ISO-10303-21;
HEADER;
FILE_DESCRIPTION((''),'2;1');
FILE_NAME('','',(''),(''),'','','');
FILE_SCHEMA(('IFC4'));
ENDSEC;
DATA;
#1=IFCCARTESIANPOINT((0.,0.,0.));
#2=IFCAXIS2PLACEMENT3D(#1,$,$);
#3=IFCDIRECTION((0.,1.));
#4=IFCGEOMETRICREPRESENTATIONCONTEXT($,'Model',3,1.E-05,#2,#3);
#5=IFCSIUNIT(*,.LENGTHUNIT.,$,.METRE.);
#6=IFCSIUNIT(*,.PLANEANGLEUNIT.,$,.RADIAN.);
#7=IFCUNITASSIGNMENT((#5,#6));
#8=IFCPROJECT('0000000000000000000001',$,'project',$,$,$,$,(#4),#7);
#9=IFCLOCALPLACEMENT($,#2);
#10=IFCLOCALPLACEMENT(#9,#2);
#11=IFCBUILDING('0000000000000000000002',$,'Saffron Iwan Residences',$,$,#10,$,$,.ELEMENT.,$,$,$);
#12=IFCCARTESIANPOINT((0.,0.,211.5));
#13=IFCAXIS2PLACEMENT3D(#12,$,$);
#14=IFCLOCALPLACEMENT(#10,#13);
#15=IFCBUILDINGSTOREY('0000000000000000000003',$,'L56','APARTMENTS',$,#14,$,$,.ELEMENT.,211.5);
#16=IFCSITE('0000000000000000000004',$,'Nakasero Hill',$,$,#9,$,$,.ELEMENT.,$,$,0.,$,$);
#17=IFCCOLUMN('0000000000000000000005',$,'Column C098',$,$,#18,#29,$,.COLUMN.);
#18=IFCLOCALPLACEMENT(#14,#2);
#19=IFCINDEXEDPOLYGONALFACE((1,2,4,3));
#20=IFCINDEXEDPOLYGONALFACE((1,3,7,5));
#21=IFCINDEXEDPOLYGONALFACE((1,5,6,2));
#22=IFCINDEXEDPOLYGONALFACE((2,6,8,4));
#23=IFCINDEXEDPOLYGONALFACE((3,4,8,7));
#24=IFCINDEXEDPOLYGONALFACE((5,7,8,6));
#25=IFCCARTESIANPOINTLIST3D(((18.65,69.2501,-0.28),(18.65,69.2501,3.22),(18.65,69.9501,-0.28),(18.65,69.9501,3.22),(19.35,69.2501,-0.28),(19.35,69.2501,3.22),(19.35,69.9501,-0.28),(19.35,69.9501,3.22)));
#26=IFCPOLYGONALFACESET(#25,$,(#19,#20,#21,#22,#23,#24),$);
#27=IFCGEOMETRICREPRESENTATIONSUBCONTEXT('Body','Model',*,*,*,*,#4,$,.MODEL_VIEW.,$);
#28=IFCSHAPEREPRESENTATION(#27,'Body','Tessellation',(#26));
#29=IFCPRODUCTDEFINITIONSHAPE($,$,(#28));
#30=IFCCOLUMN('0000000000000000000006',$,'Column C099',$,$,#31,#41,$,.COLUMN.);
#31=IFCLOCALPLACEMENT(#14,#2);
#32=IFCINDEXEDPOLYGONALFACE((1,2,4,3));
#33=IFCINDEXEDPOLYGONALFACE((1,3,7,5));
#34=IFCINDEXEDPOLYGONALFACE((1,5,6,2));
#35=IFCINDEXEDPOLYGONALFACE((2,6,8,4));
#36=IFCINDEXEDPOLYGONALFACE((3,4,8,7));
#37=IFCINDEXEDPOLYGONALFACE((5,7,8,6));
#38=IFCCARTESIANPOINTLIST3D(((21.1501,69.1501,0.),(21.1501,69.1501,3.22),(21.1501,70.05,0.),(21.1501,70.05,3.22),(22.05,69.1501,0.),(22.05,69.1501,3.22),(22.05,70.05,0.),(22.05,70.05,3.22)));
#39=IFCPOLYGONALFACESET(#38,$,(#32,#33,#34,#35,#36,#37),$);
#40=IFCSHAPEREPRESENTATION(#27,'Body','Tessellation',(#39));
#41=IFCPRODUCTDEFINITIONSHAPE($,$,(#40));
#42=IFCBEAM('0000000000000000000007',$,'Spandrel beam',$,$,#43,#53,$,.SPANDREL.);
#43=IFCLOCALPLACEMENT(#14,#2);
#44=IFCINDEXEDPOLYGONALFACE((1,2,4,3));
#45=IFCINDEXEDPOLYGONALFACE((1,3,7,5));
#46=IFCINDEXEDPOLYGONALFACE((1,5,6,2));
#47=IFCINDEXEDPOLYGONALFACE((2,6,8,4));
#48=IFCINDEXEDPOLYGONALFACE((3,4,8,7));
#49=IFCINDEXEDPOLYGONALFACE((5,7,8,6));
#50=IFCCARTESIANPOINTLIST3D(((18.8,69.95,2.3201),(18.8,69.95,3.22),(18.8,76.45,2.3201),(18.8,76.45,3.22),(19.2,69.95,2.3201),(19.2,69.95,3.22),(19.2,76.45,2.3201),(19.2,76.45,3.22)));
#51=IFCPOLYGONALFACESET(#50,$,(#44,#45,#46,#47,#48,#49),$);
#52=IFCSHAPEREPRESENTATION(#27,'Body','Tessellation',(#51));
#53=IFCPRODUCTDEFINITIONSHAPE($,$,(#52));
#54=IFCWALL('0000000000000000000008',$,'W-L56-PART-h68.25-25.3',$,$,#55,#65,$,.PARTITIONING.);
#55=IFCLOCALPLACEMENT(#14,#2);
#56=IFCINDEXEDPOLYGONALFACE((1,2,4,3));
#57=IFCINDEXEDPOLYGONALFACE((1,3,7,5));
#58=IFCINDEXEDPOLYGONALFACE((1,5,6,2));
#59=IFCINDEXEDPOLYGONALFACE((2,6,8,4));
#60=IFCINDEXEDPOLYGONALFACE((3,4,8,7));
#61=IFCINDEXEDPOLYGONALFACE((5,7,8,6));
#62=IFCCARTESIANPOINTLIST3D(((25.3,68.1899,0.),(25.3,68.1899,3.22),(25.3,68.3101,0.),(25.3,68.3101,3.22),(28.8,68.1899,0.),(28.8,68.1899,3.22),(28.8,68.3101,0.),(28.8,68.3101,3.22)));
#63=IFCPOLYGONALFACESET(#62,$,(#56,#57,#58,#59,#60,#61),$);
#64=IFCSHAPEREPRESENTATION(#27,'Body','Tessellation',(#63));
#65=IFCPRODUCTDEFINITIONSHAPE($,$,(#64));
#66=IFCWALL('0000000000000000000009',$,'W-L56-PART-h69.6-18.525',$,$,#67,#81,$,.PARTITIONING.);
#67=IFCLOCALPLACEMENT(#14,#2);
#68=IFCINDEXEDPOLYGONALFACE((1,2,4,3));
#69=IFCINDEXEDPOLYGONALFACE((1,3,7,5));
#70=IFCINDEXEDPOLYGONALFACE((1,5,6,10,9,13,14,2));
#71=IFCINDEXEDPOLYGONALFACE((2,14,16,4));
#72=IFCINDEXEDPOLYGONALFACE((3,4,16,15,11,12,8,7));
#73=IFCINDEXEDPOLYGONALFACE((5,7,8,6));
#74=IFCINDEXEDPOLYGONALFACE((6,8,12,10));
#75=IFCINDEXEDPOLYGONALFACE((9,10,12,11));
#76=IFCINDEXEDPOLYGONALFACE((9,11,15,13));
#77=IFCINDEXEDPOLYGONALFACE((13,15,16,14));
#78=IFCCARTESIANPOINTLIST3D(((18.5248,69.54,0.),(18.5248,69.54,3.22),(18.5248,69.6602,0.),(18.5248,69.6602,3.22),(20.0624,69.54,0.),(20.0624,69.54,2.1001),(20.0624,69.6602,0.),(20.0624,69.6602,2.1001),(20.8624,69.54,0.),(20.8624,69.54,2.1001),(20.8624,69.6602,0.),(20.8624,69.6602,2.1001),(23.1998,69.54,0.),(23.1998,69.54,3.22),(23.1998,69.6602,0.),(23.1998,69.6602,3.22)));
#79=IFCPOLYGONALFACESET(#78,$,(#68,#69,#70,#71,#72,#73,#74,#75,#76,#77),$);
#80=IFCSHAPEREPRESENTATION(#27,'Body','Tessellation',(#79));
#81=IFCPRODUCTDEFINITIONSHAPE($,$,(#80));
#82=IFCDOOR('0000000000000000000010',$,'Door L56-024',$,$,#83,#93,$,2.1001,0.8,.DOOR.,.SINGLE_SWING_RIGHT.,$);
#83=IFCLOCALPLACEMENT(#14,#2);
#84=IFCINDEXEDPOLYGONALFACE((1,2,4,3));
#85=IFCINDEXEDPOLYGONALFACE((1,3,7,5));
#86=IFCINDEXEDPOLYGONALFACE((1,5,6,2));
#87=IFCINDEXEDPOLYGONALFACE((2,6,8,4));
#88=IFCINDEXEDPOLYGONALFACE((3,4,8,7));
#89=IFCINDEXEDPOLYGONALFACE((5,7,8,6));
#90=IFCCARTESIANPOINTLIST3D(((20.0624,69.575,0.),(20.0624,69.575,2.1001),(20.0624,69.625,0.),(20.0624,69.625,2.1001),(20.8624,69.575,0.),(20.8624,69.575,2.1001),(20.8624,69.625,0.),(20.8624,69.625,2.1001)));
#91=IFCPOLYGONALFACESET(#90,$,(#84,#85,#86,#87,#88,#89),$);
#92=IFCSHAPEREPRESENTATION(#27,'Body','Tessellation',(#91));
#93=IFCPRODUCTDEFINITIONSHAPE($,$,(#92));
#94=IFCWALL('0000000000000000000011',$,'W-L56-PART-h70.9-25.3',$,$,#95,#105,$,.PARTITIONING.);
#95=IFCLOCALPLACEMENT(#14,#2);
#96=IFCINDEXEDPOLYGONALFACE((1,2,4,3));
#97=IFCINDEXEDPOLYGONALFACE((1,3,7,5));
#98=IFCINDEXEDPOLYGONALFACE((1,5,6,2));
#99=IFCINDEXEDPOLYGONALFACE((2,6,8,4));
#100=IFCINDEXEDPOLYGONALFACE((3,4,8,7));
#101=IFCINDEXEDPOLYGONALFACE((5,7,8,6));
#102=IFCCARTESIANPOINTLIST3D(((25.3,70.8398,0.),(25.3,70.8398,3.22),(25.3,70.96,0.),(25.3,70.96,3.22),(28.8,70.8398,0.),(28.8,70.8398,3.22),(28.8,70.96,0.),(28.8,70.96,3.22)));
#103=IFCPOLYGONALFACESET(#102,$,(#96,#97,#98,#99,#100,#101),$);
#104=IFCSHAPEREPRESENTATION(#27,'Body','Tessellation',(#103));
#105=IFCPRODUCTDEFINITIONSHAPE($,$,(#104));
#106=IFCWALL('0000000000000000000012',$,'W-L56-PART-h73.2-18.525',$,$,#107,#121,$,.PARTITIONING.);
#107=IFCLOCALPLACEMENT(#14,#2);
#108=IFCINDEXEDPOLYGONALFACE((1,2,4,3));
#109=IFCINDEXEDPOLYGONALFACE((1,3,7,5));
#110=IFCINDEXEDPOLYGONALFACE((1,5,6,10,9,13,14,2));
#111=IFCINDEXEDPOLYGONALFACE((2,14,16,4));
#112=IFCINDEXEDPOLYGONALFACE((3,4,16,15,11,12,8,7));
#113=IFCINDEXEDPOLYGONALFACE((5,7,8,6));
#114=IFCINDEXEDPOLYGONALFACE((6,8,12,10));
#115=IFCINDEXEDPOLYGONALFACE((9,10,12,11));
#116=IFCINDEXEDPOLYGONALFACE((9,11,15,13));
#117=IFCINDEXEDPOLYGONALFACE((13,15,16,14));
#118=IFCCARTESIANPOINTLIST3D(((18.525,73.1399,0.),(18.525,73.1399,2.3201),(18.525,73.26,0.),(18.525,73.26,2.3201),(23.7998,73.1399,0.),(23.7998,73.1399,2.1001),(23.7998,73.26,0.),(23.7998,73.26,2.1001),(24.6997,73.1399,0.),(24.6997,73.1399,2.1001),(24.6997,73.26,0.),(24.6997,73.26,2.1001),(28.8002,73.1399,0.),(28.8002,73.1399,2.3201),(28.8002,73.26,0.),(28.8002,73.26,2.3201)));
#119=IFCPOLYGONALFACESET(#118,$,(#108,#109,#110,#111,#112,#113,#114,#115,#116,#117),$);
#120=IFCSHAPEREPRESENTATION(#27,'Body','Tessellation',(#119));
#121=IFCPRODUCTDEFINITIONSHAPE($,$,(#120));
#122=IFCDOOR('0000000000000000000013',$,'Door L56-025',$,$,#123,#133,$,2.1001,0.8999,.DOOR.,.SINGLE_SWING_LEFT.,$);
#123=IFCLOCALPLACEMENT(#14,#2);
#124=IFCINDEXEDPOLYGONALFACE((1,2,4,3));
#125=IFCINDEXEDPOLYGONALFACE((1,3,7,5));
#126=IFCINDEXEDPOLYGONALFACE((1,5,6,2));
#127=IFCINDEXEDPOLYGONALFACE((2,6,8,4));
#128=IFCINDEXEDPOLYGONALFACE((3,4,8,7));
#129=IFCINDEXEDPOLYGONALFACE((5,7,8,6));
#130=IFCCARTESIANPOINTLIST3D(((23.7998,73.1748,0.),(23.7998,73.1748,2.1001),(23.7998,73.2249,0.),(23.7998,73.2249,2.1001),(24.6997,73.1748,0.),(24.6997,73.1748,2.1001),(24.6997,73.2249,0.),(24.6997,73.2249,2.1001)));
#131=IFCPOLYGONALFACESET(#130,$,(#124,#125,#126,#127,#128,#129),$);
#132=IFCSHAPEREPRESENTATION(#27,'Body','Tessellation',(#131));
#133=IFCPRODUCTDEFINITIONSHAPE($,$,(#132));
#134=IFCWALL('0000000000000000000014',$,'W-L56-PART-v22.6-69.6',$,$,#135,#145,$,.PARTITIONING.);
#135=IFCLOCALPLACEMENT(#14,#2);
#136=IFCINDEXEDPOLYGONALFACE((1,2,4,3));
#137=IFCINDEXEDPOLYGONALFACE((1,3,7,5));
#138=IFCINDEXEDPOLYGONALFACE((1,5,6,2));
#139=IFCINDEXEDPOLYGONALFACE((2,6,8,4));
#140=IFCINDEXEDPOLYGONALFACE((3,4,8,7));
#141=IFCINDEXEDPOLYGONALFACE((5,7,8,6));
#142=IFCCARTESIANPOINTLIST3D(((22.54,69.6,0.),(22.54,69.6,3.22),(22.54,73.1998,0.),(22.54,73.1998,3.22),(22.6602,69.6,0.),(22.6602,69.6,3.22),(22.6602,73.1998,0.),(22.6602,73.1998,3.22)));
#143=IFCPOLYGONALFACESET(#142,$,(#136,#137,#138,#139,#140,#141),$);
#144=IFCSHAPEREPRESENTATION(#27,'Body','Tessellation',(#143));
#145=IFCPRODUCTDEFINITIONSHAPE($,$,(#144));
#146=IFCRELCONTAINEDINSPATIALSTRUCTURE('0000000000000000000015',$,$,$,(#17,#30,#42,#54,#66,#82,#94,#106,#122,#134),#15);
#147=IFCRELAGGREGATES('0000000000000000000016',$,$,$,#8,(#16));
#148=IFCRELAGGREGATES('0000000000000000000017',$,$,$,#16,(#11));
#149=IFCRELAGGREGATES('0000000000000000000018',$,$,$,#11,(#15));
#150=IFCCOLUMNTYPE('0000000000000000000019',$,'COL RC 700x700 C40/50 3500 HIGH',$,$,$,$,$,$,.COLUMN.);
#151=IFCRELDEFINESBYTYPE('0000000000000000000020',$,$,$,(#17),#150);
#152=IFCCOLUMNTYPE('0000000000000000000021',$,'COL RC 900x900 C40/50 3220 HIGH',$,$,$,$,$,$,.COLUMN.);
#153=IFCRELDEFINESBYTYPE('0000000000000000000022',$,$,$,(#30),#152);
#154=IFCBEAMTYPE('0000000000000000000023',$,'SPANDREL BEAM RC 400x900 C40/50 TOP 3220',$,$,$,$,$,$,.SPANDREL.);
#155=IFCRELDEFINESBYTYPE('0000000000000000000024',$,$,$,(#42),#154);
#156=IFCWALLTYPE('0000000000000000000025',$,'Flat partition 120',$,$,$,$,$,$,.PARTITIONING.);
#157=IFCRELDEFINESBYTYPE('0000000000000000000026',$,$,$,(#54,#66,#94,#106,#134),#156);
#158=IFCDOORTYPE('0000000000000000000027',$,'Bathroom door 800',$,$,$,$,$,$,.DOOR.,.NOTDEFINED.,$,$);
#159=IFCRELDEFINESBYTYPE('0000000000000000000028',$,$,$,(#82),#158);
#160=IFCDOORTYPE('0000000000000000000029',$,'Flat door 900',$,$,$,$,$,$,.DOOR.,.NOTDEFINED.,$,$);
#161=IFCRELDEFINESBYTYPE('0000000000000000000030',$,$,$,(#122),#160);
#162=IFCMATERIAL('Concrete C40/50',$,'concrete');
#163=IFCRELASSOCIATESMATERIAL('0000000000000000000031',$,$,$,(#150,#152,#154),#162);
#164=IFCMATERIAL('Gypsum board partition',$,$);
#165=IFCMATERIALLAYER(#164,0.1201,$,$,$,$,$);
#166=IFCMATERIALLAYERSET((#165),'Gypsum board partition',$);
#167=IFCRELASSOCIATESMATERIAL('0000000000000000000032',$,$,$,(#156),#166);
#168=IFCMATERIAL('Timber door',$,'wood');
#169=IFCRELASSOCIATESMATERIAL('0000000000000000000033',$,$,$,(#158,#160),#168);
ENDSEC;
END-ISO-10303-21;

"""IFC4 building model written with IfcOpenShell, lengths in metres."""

from ifc_helpers import new_model, si_unit, direction, frame, frame_2d, origin, origin_2d, place, context, subcontext, project, spatial, rectangle, extrude, source, transform, mapped, material, layer, layer_set, material_profile, profile_set, type_object, element, fill, save


model = new_model("IFC4")

# Units and contexts
model_context = context("Model", 3, precision=1e-05, world=origin(), true_north=direction((0.0, 1.0)))
body_context = subcontext(model_context, "Body", "Model", "MODEL_VIEW")
ifc_project = project(units=[si_unit("LENGTHUNIT", "METRE"), si_unit("PLANEANGLEUNIT", "RADIAN")], contexts=[model_context])

# Site, building, storey
site_placement = place(None, origin())
site = spatial("IfcSite", under=ifc_project, at=site_placement, Name="Nakasero Hill", CompositionType="ELEMENT", RefElevation=0.0)
building_placement = place(site_placement, origin())
building = spatial("IfcBuilding", under=site, at=building_placement, Name="Saffron Iwan Residences", CompositionType="ELEMENT")
storey_placement = place(building_placement, frame((0.0, 0.0, 211.5)))
storey = spatial("IfcBuildingStorey", under=building, at=storey_placement, Name="L56", Description="APARTMENTS", CompositionType="ELEMENT", Elevation=211.5)

# Columns
ifc_material_1 = material(Name="Concrete C40/50", Category="concrete")
ifc_material_profile_1 = material_profile(ifc_material_1, rectangle(XDim=0.7, YDim=0.7, at=origin_2d()), Name="RC 700x700")
ifc_profile_set_1 = profile_set([ifc_material_profile_1], Name="Concrete C40/50")
column_type_1 = type_object("IfcColumnType", Name="COL RC 700x700 C40/50 3500 HIGH", PredefinedType="COLUMN", material=ifc_profile_set_1)
shared_shape_1 = source(origin(), body_context, "Body", "SweptSolid", [
    extrude(rectangle(XDim=0.7, YDim=0.7, at=origin_2d()), origin(), (0.0, 0.0, 1.0), 3.5),
])
column_1_placement = place(storey_placement, frame((19.0, 69.6001, -0.28), z_axis=(0.0, 0.0, 1.0), x_axis=(1.0, 0.0, 0.0)))
element("IfcColumn", 1, at=column_1_placement, inside=storey, type_object=column_type_1, Name="Column C098", PredefinedType="COLUMN", context=body_context, shape_type="MappedRepresentation", body=[
    mapped(shared_shape_1, transform((0.0, 0.0, 0.0))),
])
ifc_material_profile_2 = material_profile(ifc_material_1, rectangle(XDim=0.8999, YDim=0.8999, at=origin_2d()), Name="RC 900x900")
ifc_profile_set_2 = profile_set([ifc_material_profile_2], Name="Concrete C40/50")
column_type_2 = type_object("IfcColumnType", Name="COL RC 900x900 C40/50 3220 HIGH", PredefinedType="COLUMN", material=ifc_profile_set_2)
shared_shape_2 = source(origin(), body_context, "Body", "SweptSolid", [
    extrude(rectangle(XDim=0.8999, YDim=0.8999, at=origin_2d()), origin(), (0.0, 0.0, 1.0), 3.22),
])
column_2_placement = place(storey_placement, frame((21.6001, 69.6001, 0.0), z_axis=(0.0, 0.0, 1.0), x_axis=(1.0, 0.0, 0.0)))
element("IfcColumn", 2, at=column_2_placement, inside=storey, type_object=column_type_2, Name="Column C099", PredefinedType="COLUMN", context=body_context, shape_type="MappedRepresentation", body=[
    mapped(shared_shape_2, transform((0.0, 0.0, 0.0))),
])

# Beam
ifc_material_profile_3 = material_profile(ifc_material_1, rectangle(XDim=0.3999, YDim=0.8999, at=origin_2d()), Name="RC 400x900")
ifc_profile_set_3 = profile_set([ifc_material_profile_3], Name="Concrete C40/50")
beam_type = type_object("IfcBeamType", Name="SPANDREL BEAM RC 400x900 C40/50 TOP 3220", PredefinedType="SPANDREL", material=ifc_profile_set_3)
shared_shape_3 = source(origin(), body_context, "Body", "SweptSolid", [
    extrude(rectangle(XDim=0.3999, YDim=0.8999, at=origin_2d()), origin(), (0.0, 0.0, 1.0), 6.5),
])
beam_placement = place(storey_placement, frame((19.0, 69.95, 2.77), z_axis=(0.0, 1.0, 0.0), x_axis=(-1.0, 0.0, 0.0)))
element("IfcBeam", 3, at=beam_placement, inside=storey, type_object=beam_type, Name="Spandrel beam", PredefinedType="SPANDREL", context=body_context, shape_type="MappedRepresentation", body=[
    mapped(shared_shape_3, transform((0.0, 0.0, 0.0))),
])

# Wall
ifc_material_2 = material(Name="Gypsum board partition")
ifc_layer_1 = layer(ifc_material_2, 0.1201)
ifc_layer_set_1 = layer_set([ifc_layer_1], Name="Gypsum board partition")
wall_type_1 = type_object("IfcWallType", Name="Flat partition 120", PredefinedType="PARTITIONING", material=ifc_layer_set_1)
wall_1_placement = place(storey_placement, frame((25.3, 68.25, 0.0), z_axis=(0.0, 0.0, 1.0), x_axis=(1.0, 0.0, 0.0)))
element("IfcWall", 4, at=wall_1_placement, inside=storey, type_object=wall_type_1, Name="W-L56-PART-h68.25-25.3", PredefinedType="PARTITIONING", context=body_context, shape_type="SweptSolid", body=[
    extrude(rectangle(XDim=3.5, YDim=0.1201, at=frame_2d((1.75, 0.0))), origin(), (0.0, 0.0, 1.0), 3.22),
])

# Wall, opening, door
wall_2_placement = place(storey_placement, frame((18.5249, 69.6001, 0.0), z_axis=(0.0, 0.0, 1.0), x_axis=(1.0, 0.0, 0.0)))
wall_2 = element("IfcWall", 5, at=wall_2_placement, inside=storey, type_object=wall_type_1, Name="W-L56-PART-h69.6-18.525", PredefinedType="PARTITIONING", context=body_context, shape_type="SweptSolid", body=[
    extrude(rectangle(XDim=4.675, YDim=0.1201, at=frame_2d((2.3374, 0.0))), origin(), (0.0, 0.0, 1.0), 3.22),
])
opening_1_placement = place(wall_2_placement, frame((1.5376, 0.0, 0.0)))
opening_1 = element("IfcOpeningElement", 6, at=opening_1_placement, cuts=wall_2, PredefinedType="OPENING", context=body_context, shape_type="SweptSolid", body=[
    extrude(rectangle(XDim=0.8, YDim=2.1001, at=frame_2d((0.3999, 1.05))), frame((0.0, 0.0701, 0.0), z_axis=(0.0, -1.0, 0.0), x_axis=(1.0, 0.0, 0.0)), (0.0, 0.0, 1.0), 0.1401),
])
ifc_material_3 = material(Name="Timber door", Category="wood")
door_type_1 = type_object("IfcDoorType", Name="Bathroom door 800", OperationType="NOTDEFINED", PredefinedType="DOOR", material=ifc_material_3)
door_1_placement = place(opening_1_placement, origin())
door_1 = element("IfcDoor", 7, at=door_1_placement, inside=storey, type_object=door_type_1, Name="Door L56-024", OperationType="SINGLE_SWING_RIGHT", OverallHeight=2.1001, OverallWidth=0.8, PredefinedType="DOOR", context=body_context, shape_type="SweptSolid", body=[
    extrude(rectangle(XDim=0.8, YDim=2.1001, at=frame_2d((0.3999, 1.05))), frame((0.0, 0.0249, 0.0), z_axis=(0.0, -1.0, 0.0), x_axis=(1.0, 0.0, 0.0)), (0.0, 0.0, 1.0), 0.05),
])
fill(opening_1, door_1)

# Wall
wall_3_placement = place(storey_placement, frame((25.3, 70.8999, 0.0), z_axis=(0.0, 0.0, 1.0), x_axis=(1.0, 0.0, 0.0)))
element("IfcWall", 8, at=wall_3_placement, inside=storey, type_object=wall_type_1, Name="W-L56-PART-h70.9-25.3", PredefinedType="PARTITIONING", context=body_context, shape_type="SweptSolid", body=[
    extrude(rectangle(XDim=3.5, YDim=0.1201, at=frame_2d((1.75, 0.0))), origin(), (0.0, 0.0, 1.0), 3.22),
])

# Wall, opening, door
wall_4_placement = place(storey_placement, frame((18.5249, 73.2, 0.0), z_axis=(0.0, 0.0, 1.0), x_axis=(1.0, 0.0, 0.0)))
wall_4 = element("IfcWall", 9, at=wall_4_placement, inside=storey, type_object=wall_type_1, Name="W-L56-PART-h73.2-18.525", PredefinedType="PARTITIONING", context=body_context, shape_type="SweptSolid", body=[
    extrude(rectangle(XDim=10.2751, YDim=0.1201, at=frame_2d((5.1377, 0.0))), origin(), (0.0, 0.0, 1.0), 2.3201),
])
opening_2_placement = place(wall_4_placement, frame((5.2749, 0.0, 0.0)))
opening_2 = element("IfcOpeningElement", 10, at=opening_2_placement, cuts=wall_4, PredefinedType="OPENING", context=body_context, shape_type="SweptSolid", body=[
    extrude(rectangle(XDim=0.8999, YDim=2.1001, at=frame_2d((0.45, 1.05))), frame((0.0, 0.0701, 0.0), z_axis=(0.0, -1.0, 0.0), x_axis=(1.0, 0.0, 0.0)), (0.0, 0.0, 1.0), 0.1401),
])
door_type_2 = type_object("IfcDoorType", Name="Flat door 900", OperationType="NOTDEFINED", PredefinedType="DOOR", material=ifc_material_3)
door_2_placement = place(opening_2_placement, origin())
door_2 = element("IfcDoor", 11, at=door_2_placement, inside=storey, type_object=door_type_2, Name="Door L56-025", OperationType="SINGLE_SWING_LEFT", OverallHeight=2.1001, OverallWidth=0.8999, PredefinedType="DOOR", context=body_context, shape_type="SweptSolid", body=[
    extrude(rectangle(XDim=0.8999, YDim=2.1001, at=frame_2d((0.45, 1.05))), frame((0.0, 0.0249, 0.0), z_axis=(0.0, -1.0, 0.0), x_axis=(1.0, 0.0, 0.0)), (0.0, 0.0, 1.0), 0.05),
])
fill(opening_2, door_2)

# Wall
wall_5_placement = place(storey_placement, frame((22.6001, 69.6001, 0.0), z_axis=(0.0, 0.0, 1.0), x_axis=(0.0, 1.0, 0.0)))
element("IfcWall", 12, at=wall_5_placement, inside=storey, type_object=wall_type_1, Name="W-L56-PART-v22.6-69.6", PredefinedType="PARTITIONING", context=body_context, shape_type="SweptSolid", body=[
    extrude(rectangle(XDim=3.5999, YDim=0.1201, at=frame_2d((1.7998, 0.0))), origin(), (0.0, 0.0, 1.0), 3.22),
])

save(model, "model.ifc")
